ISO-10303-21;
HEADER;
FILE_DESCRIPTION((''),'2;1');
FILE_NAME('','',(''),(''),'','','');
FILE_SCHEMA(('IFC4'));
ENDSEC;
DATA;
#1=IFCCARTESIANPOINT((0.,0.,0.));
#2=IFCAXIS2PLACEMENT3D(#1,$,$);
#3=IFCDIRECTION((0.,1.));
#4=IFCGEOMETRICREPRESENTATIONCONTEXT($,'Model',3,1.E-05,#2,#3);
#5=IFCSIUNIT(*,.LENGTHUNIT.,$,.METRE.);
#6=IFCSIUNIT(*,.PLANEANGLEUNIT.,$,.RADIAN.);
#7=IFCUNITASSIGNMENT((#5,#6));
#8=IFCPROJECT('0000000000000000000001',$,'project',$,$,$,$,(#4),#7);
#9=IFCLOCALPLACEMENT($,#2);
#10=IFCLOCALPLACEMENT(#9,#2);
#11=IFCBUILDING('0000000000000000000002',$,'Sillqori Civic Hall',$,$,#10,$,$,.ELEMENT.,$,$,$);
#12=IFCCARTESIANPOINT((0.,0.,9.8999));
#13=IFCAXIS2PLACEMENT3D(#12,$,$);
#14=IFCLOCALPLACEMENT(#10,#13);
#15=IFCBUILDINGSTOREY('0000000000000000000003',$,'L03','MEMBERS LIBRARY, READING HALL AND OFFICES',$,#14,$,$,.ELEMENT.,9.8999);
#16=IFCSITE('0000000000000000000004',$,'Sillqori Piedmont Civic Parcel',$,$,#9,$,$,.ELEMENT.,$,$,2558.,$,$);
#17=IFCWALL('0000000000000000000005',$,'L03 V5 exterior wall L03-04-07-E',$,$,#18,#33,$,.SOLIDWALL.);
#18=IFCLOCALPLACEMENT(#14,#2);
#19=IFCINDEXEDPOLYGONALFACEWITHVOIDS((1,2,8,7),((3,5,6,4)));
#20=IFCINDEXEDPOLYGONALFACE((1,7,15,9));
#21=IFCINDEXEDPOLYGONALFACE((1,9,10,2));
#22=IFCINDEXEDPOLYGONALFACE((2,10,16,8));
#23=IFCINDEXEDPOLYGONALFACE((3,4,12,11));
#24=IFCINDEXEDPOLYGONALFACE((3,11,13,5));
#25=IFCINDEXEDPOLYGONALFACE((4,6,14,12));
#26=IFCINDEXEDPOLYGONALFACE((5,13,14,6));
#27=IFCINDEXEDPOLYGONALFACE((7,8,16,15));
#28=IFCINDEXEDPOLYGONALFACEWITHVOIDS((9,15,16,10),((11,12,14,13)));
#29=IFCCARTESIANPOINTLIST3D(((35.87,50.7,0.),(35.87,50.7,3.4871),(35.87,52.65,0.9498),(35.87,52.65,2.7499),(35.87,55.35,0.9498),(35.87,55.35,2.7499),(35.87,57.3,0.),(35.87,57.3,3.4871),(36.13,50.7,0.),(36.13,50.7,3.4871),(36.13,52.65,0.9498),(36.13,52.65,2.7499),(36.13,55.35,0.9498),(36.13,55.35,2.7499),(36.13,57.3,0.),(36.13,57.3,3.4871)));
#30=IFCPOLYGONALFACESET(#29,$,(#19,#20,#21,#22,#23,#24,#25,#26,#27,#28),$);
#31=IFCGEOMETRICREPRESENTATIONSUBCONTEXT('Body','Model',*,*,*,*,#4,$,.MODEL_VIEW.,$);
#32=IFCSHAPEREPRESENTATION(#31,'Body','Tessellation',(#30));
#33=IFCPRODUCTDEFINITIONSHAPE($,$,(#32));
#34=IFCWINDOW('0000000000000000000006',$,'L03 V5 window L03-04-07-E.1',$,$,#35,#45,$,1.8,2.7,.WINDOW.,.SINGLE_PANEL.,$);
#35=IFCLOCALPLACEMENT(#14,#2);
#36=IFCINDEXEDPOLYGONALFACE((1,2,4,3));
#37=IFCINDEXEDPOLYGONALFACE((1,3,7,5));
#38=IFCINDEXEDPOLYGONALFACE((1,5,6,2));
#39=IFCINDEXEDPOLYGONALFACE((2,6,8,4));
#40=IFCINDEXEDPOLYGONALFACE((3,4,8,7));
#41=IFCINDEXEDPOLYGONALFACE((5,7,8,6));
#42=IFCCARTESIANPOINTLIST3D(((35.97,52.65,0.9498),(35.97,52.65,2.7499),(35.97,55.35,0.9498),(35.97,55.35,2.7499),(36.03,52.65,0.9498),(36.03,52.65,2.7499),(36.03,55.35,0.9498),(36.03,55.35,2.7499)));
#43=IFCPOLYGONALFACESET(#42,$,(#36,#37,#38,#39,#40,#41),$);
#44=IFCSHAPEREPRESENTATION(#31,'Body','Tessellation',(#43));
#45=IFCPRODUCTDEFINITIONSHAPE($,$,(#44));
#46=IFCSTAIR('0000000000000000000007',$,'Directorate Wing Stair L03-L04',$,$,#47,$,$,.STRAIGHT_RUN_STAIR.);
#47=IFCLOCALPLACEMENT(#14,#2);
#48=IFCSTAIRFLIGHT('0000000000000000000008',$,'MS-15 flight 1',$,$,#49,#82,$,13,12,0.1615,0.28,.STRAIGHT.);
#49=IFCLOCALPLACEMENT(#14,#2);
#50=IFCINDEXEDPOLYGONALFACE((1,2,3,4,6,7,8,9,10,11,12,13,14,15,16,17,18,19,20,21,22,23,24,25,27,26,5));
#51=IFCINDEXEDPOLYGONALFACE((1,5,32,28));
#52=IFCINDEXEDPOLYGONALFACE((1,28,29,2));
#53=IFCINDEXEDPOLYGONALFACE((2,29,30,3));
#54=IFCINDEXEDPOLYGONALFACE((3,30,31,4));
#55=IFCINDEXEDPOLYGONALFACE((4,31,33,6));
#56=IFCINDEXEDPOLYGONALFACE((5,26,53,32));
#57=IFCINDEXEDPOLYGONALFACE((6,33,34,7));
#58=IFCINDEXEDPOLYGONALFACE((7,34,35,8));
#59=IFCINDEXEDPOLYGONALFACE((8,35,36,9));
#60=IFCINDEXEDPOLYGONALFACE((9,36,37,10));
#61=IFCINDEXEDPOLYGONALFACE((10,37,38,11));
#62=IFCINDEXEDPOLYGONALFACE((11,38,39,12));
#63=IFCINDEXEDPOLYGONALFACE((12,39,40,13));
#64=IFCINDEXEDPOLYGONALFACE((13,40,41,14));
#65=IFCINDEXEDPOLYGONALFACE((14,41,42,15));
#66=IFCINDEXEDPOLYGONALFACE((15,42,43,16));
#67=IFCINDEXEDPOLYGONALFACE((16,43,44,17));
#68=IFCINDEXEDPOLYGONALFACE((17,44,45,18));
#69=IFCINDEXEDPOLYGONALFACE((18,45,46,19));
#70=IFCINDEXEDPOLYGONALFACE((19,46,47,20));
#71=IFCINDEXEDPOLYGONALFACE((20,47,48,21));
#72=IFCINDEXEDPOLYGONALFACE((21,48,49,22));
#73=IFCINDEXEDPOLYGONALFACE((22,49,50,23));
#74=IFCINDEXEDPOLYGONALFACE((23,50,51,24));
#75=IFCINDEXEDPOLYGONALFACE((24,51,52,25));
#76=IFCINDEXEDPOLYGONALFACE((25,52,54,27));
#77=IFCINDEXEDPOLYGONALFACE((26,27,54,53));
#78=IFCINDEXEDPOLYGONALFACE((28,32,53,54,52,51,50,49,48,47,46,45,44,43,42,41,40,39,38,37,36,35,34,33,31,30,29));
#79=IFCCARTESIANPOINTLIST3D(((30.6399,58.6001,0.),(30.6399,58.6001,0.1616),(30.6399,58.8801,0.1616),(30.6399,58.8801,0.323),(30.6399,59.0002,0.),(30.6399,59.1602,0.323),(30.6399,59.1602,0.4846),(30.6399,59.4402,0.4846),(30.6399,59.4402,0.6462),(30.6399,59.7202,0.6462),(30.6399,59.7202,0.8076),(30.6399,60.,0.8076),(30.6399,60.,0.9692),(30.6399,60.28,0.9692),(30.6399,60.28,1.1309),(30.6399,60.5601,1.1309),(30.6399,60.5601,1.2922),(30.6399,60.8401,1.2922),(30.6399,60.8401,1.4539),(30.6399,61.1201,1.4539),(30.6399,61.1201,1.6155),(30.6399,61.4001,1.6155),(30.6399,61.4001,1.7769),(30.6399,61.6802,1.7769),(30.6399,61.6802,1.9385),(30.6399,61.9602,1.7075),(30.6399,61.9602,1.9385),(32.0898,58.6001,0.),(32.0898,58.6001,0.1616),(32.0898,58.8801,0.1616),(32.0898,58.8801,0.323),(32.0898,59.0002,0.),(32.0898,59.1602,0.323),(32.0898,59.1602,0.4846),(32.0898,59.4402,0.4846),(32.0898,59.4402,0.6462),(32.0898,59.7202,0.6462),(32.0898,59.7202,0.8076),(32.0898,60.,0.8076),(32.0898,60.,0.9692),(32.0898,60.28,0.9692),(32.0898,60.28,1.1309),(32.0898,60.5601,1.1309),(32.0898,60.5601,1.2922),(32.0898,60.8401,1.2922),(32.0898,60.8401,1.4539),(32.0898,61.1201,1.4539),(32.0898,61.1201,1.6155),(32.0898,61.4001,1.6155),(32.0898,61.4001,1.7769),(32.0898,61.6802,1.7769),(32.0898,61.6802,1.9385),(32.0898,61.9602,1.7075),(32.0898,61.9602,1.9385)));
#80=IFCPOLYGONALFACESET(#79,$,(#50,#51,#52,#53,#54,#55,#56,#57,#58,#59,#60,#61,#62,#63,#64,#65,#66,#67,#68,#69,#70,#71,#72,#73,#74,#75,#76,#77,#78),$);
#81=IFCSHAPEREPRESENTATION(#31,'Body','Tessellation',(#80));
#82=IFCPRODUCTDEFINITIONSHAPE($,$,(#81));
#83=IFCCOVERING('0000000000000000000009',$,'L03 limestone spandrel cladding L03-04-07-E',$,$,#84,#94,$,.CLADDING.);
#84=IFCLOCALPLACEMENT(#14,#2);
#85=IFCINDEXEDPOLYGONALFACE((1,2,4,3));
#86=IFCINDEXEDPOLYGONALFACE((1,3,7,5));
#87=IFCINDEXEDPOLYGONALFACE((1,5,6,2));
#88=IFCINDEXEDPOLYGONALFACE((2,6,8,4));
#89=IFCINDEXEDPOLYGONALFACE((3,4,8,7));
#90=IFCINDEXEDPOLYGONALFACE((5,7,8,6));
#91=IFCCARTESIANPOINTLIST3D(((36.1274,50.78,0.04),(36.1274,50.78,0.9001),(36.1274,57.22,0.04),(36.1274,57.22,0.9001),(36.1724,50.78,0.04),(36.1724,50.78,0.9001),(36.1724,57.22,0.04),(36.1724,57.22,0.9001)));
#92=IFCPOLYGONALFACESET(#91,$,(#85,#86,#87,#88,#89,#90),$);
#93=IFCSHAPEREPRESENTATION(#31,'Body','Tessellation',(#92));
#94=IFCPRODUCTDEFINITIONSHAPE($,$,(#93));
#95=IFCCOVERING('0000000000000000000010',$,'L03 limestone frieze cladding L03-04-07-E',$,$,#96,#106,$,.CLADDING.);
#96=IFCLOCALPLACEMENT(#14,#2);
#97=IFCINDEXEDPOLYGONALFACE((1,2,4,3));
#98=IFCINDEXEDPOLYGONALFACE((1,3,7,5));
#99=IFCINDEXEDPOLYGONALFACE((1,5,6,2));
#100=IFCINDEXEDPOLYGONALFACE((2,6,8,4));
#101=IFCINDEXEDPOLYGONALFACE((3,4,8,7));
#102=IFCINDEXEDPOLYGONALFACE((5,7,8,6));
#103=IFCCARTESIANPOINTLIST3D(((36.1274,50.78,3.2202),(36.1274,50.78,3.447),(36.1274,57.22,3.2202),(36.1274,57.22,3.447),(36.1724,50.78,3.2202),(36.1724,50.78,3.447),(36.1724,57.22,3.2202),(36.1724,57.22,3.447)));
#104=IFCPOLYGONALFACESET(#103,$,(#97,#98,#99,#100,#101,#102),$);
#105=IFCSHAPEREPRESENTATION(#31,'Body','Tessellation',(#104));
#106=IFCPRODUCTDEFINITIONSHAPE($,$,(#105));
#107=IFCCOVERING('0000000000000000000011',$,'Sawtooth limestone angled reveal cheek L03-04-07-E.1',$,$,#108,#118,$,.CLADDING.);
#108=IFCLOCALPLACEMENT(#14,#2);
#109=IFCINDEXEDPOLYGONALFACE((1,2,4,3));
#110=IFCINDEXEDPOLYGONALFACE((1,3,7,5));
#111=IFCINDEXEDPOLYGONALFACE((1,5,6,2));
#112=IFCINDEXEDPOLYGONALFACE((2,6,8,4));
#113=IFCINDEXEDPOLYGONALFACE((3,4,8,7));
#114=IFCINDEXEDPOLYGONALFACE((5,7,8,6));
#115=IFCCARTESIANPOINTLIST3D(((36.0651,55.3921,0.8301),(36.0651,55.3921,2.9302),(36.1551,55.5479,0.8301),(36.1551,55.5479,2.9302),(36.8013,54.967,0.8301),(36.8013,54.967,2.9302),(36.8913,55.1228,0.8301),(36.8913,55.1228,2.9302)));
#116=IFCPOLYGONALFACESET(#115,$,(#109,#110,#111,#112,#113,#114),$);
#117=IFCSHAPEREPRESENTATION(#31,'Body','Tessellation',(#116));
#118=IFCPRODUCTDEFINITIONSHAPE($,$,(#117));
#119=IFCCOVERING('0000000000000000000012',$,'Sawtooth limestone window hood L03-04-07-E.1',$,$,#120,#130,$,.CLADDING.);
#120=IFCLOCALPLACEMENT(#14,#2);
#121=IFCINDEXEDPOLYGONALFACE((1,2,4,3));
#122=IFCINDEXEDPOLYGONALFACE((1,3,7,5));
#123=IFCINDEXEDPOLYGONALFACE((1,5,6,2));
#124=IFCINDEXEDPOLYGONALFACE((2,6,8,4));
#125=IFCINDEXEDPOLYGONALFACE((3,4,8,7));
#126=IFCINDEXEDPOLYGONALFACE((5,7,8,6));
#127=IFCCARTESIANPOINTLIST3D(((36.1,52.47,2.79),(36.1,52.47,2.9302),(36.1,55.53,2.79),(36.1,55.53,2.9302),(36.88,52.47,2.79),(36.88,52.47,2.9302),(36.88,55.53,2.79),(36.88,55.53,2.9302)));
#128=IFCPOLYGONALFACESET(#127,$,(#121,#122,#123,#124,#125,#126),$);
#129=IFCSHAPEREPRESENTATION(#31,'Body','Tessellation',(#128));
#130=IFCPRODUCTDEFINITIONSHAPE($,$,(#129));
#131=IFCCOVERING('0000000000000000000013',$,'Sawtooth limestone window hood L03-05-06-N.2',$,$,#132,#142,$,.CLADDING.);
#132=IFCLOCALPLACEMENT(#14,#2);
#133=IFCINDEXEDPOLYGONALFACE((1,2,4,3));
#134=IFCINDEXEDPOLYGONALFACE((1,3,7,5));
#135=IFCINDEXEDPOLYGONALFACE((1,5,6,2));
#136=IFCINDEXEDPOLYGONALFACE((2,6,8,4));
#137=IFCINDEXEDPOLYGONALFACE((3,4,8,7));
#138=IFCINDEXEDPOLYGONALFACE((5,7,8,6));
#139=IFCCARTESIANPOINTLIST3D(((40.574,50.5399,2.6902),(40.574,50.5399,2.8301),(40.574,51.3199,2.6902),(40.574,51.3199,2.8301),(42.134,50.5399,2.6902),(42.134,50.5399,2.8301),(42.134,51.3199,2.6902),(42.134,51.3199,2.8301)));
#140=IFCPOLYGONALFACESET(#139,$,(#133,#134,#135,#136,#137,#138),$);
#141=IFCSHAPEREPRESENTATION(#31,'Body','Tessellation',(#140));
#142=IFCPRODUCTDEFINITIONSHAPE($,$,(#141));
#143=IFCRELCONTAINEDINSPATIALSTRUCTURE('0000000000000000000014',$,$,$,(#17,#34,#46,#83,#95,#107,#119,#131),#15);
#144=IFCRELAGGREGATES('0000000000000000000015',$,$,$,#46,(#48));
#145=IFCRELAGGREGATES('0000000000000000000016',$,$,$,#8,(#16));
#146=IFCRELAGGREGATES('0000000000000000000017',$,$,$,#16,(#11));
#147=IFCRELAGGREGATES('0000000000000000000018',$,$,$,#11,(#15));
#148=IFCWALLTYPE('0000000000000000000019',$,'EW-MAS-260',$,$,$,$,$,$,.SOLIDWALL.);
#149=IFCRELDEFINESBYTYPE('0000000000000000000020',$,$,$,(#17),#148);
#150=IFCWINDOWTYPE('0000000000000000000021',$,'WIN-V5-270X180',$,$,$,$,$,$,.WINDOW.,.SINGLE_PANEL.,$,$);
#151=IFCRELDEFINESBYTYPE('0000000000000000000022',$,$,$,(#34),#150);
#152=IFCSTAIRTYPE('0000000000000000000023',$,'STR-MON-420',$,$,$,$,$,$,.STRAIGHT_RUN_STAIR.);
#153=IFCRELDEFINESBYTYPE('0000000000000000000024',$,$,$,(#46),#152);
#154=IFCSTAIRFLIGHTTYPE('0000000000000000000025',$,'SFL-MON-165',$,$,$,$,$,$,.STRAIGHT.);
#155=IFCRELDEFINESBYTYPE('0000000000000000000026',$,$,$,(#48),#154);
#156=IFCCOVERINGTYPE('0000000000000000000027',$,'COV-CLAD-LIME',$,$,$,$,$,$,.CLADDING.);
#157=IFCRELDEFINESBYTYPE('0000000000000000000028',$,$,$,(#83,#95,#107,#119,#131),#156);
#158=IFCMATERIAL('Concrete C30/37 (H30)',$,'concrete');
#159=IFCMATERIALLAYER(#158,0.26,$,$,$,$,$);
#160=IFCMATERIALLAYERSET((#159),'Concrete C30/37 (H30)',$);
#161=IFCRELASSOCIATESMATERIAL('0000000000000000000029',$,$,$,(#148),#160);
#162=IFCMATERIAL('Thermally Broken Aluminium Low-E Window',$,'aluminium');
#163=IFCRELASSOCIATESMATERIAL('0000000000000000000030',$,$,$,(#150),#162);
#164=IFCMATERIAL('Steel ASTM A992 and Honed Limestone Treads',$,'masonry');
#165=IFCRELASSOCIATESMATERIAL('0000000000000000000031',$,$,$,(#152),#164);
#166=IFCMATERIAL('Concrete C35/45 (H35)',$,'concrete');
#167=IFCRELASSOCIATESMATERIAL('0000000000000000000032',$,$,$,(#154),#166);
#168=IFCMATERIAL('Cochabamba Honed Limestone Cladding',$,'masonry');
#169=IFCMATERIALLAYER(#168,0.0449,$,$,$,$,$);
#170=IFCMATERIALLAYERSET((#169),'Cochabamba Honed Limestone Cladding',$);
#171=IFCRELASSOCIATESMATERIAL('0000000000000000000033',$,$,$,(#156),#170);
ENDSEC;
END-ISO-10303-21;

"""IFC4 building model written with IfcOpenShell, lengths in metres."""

from ifc_helpers import new_model, si_unit, direction, frame, frame_2d, origin, place, context, subcontext, project, spatial, polyline, rectangle, outline, extrude, material, layer, layer_set, type_object, element, fill, aggregate, save


model = new_model("IFC4")

# Units and contexts
model_context = context("Model", 3, precision=1e-05, world=origin(), true_north=direction((0.0, 1.0)))
body_context = subcontext(model_context, "Body", "Model", "MODEL_VIEW")
ifc_project = project(units=[si_unit("LENGTHUNIT", "METRE"), si_unit("PLANEANGLEUNIT", "RADIAN")], contexts=[model_context])

# Site, building, storey
site_placement = place(None, origin())
site = spatial("IfcSite", under=ifc_project, at=site_placement, Name="Sillqori Piedmont Civic Parcel", CompositionType="ELEMENT", RefElevation=2558.0)
building_placement = place(site_placement, origin())
building = spatial("IfcBuilding", under=site, at=building_placement, Name="Sillqori Civic Hall", CompositionType="ELEMENT")
storey_placement = place(building_placement, frame((0.0, 0.0, 9.8999)))
storey = spatial("IfcBuildingStorey", under=building, at=storey_placement, Name="L03", Description="MEMBERS LIBRARY, READING HALL AND OFFICES", CompositionType="ELEMENT", Elevation=9.8999)

# Shared definitions
ifc_material_1 = material(Name="Concrete C35/45 (H35)", Category="concrete")

# Wall, opening, window
ifc_material_2 = material(Name="Concrete C30/37 (H30)", Category="concrete")
ifc_layer_1 = layer(ifc_material_2, 0.26)
ifc_layer_set_1 = layer_set([ifc_layer_1], Name="Concrete C30/37 (H30)")
wall_type = type_object("IfcWallType", Name="EW-MAS-260", PredefinedType="SOLIDWALL", material=ifc_layer_set_1)
wall_placement = place(storey_placement, frame((36.0, 57.3, 0.0), z_axis=(0.0, 0.0, 1.0), x_axis=(0.0, -1.0, 0.0)))
wall = element("IfcWall", 1, at=wall_placement, inside=storey, type_object=wall_type, Name="L03 V5 exterior wall L03-04-07-E", PredefinedType="SOLIDWALL", context=body_context, shape_type="SweptSolid", body=[
    extrude(rectangle(XDim=6.6001, YDim=0.26, at=frame_2d((3.3, 0.0))), origin(), (0.0, 0.0, 1.0), 3.4871),
])
opening_placement = place(wall_placement, frame((1.95, 0.0, 0.95)))
opening = element("IfcOpeningElement", 2, at=opening_placement, cuts=wall, PredefinedType="OPENING", context=body_context, shape_type="SweptSolid", body=[
    extrude(rectangle(XDim=2.7, YDim=1.8, at=frame_2d((1.3501, 0.8999))), frame((0.0, 0.1399, 0.0), z_axis=(0.0, -1.0, 0.0), x_axis=(1.0, 0.0, 0.0)), (0.0, 0.0, 1.0), 0.28),
])
ifc_material_3 = material(Name="Thermally Broken Aluminium Low-E Window", Category="aluminium")
window_type = type_object("IfcWindowType", Name="WIN-V5-270X180", PartitioningType="SINGLE_PANEL", PredefinedType="WINDOW", material=ifc_material_3)
window_placement = place(opening_placement, origin())
window = element("IfcWindow", 3, at=window_placement, inside=storey, type_object=window_type, Name="L03 V5 window L03-04-07-E.1", OverallHeight=1.8, OverallWidth=2.7, PartitioningType="SINGLE_PANEL", PredefinedType="WINDOW", context=body_context, shape_type="SweptSolid", body=[
    extrude(rectangle(XDim=2.7, YDim=1.8, at=frame_2d((1.3501, 0.8999))), frame((0.0, 0.03, 0.0), z_axis=(0.0, -1.0, 0.0), x_axis=(1.0, 0.0, 0.0)), (0.0, 0.0, 1.0), 0.0601),
])
fill(opening, window)

# Stair, stair flight
ifc_material_4 = material(Name="Steel ASTM A992 and Honed Limestone Treads", Category="masonry")
stair_type = type_object("IfcStairType", Name="STR-MON-420", PredefinedType="STRAIGHT_RUN_STAIR", material=ifc_material_4)
stair_placement = place(storey_placement, origin())
stair = element("IfcStair", 4, at=stair_placement, inside=storey, type_object=stair_type, Name="Directorate Wing Stair L03-L04", PredefinedType="STRAIGHT_RUN_STAIR")
stair_flight_type = type_object("IfcStairFlightType", Name="SFL-MON-165", PredefinedType="STRAIGHT", material=ifc_material_1)
stair_flight_placement = place(storey_placement, frame((31.365, 58.6001, 0.0), z_axis=(0.0, 0.0, 1.0), x_axis=(0.0, 1.0, 0.0)))
stair_flight = element("IfcStairFlight", 5, at=stair_flight_placement, type_object=stair_flight_type, Name="MS-15 flight 1", NumberOfRisers=13, NumberOfTreads=12, PredefinedType="STRAIGHT", RiserHeight=0.1615, TreadLength=0.28, context=body_context, shape_type="SweptSolid", body=[
    extrude(outline(polyline([(0.0, 0.0), (0.0, 0.1616), (0.28, 0.1616), (0.28, 0.323), (0.5601, 0.323), (0.5601, 0.4846), (0.8401, 0.4846), (0.8401, 0.6462), (1.1201, 0.6462), (1.1201, 0.8076), (1.3999, 0.8076), (1.3999, 0.9692), (1.6799, 0.9692), (1.6799, 1.1309), (1.96, 1.1309), (1.96, 1.2922), (2.24, 1.2922), (2.24, 1.4539), (2.52, 1.4539), (2.52, 1.6155), (2.8, 1.6155), (2.8, 1.7769), (3.0801, 1.7769), (3.0801, 1.9385), (3.3601, 1.9385), (3.3601, 2.1001), (3.3601, 1.7075), (0.4001, 0.0), (0.0, 0.0)])), frame((0.0, 0.7251, 0.0), z_axis=(0.0, -1.0, 0.0), x_axis=(1.0, 0.0, 0.0)), (0.0, 0.0, 1.0), 1.45),
])
aggregate(stair, [stair_flight])

# Coverings
ifc_material_5 = material(Name="Cochabamba Honed Limestone Cladding", Category="masonry")
ifc_layer_2 = layer(ifc_material_5, 0.0449)
ifc_layer_set_2 = layer_set([ifc_layer_2], Name="Cochabamba Honed Limestone Cladding")
covering_type = type_object("IfcCoveringType", Name="COV-CLAD-LIME", PredefinedType="CLADDING", material=ifc_layer_set_2)
covering_1_placement = place(storey_placement, frame((36.1499, 57.22, 0.04), z_axis=(0.0, 0.0, 1.0), x_axis=(0.0, -1.0, 0.0)))
element("IfcCovering", 6, at=covering_1_placement, inside=storey, type_object=covering_type, Name="L03 limestone spandrel cladding L03-04-07-E", PredefinedType="CLADDING", context=body_context, shape_type="SweptSolid", body=[
    extrude(rectangle(XDim=6.4399, YDim=0.0449, at=frame_2d((3.22, 0.0))), origin(), (0.0, 0.0, 1.0), 0.8601),
])
covering_2_placement = place(storey_placement, frame((36.1499, 57.22, 3.2202), z_axis=(0.0, 0.0, 1.0), x_axis=(0.0, -1.0, 0.0)))
element("IfcCovering", 7, at=covering_2_placement, inside=storey, type_object=covering_type, Name="L03 limestone frieze cladding L03-04-07-E", PredefinedType="CLADDING", context=body_context, shape_type="SweptSolid", body=[
    extrude(rectangle(XDim=6.4399, YDim=0.0449, at=frame_2d((3.22, 0.0))), origin(), (0.0, 0.0, 1.0), 0.2268),
])
covering_3_placement = place(storey_placement, frame((36.1101, 55.47, 0.8301), z_axis=(0.0, 0.0, 1.0), x_axis=(0.865989, -0.500062, 0.0)))
element("IfcCovering", 8, at=covering_3_placement, inside=storey, type_object=covering_type, Name="Sawtooth limestone angled reveal cheek L03-04-07-E.1", PredefinedType="CLADDING", context=body_context, shape_type="SweptSolid", body=[
    extrude(rectangle(XDim=0.8501, YDim=0.1799, at=frame_2d((0.425, 0.0))), origin(), (0.0, 0.0, 1.0), 2.1001),
])
covering_4_placement = place(storey_placement, frame((36.49, 55.53, 2.79), z_axis=(0.0, 0.0, 1.0), x_axis=(0.0, -1.0, 0.0)))
element("IfcCovering", 9, at=covering_4_placement, inside=storey, type_object=covering_type, Name="Sawtooth limestone window hood L03-04-07-E.1", PredefinedType="CLADDING", context=body_context, shape_type="SweptSolid", body=[
    extrude(rectangle(XDim=3.0601, YDim=0.78, at=frame_2d((1.53, 0.0))), origin(), (0.0, 0.0, 1.0), 0.1401),
])
covering_5_placement = place(storey_placement, frame((40.574, 50.9299, 2.6902), z_axis=(0.0, 0.0, 1.0), x_axis=(1.0, 0.0, 0.0)))
element("IfcCovering", 10, at=covering_5_placement, inside=storey, type_object=covering_type, Name="Sawtooth limestone window hood L03-05-06-N.2", PredefinedType="CLADDING", context=body_context, shape_type="SweptSolid", body=[
    extrude(rectangle(XDim=1.5601, YDim=0.78, at=frame_2d((0.78, 0.0))), origin(), (0.0, 0.0, 1.0), 0.1399),
])

save(model, "model.ifc")
